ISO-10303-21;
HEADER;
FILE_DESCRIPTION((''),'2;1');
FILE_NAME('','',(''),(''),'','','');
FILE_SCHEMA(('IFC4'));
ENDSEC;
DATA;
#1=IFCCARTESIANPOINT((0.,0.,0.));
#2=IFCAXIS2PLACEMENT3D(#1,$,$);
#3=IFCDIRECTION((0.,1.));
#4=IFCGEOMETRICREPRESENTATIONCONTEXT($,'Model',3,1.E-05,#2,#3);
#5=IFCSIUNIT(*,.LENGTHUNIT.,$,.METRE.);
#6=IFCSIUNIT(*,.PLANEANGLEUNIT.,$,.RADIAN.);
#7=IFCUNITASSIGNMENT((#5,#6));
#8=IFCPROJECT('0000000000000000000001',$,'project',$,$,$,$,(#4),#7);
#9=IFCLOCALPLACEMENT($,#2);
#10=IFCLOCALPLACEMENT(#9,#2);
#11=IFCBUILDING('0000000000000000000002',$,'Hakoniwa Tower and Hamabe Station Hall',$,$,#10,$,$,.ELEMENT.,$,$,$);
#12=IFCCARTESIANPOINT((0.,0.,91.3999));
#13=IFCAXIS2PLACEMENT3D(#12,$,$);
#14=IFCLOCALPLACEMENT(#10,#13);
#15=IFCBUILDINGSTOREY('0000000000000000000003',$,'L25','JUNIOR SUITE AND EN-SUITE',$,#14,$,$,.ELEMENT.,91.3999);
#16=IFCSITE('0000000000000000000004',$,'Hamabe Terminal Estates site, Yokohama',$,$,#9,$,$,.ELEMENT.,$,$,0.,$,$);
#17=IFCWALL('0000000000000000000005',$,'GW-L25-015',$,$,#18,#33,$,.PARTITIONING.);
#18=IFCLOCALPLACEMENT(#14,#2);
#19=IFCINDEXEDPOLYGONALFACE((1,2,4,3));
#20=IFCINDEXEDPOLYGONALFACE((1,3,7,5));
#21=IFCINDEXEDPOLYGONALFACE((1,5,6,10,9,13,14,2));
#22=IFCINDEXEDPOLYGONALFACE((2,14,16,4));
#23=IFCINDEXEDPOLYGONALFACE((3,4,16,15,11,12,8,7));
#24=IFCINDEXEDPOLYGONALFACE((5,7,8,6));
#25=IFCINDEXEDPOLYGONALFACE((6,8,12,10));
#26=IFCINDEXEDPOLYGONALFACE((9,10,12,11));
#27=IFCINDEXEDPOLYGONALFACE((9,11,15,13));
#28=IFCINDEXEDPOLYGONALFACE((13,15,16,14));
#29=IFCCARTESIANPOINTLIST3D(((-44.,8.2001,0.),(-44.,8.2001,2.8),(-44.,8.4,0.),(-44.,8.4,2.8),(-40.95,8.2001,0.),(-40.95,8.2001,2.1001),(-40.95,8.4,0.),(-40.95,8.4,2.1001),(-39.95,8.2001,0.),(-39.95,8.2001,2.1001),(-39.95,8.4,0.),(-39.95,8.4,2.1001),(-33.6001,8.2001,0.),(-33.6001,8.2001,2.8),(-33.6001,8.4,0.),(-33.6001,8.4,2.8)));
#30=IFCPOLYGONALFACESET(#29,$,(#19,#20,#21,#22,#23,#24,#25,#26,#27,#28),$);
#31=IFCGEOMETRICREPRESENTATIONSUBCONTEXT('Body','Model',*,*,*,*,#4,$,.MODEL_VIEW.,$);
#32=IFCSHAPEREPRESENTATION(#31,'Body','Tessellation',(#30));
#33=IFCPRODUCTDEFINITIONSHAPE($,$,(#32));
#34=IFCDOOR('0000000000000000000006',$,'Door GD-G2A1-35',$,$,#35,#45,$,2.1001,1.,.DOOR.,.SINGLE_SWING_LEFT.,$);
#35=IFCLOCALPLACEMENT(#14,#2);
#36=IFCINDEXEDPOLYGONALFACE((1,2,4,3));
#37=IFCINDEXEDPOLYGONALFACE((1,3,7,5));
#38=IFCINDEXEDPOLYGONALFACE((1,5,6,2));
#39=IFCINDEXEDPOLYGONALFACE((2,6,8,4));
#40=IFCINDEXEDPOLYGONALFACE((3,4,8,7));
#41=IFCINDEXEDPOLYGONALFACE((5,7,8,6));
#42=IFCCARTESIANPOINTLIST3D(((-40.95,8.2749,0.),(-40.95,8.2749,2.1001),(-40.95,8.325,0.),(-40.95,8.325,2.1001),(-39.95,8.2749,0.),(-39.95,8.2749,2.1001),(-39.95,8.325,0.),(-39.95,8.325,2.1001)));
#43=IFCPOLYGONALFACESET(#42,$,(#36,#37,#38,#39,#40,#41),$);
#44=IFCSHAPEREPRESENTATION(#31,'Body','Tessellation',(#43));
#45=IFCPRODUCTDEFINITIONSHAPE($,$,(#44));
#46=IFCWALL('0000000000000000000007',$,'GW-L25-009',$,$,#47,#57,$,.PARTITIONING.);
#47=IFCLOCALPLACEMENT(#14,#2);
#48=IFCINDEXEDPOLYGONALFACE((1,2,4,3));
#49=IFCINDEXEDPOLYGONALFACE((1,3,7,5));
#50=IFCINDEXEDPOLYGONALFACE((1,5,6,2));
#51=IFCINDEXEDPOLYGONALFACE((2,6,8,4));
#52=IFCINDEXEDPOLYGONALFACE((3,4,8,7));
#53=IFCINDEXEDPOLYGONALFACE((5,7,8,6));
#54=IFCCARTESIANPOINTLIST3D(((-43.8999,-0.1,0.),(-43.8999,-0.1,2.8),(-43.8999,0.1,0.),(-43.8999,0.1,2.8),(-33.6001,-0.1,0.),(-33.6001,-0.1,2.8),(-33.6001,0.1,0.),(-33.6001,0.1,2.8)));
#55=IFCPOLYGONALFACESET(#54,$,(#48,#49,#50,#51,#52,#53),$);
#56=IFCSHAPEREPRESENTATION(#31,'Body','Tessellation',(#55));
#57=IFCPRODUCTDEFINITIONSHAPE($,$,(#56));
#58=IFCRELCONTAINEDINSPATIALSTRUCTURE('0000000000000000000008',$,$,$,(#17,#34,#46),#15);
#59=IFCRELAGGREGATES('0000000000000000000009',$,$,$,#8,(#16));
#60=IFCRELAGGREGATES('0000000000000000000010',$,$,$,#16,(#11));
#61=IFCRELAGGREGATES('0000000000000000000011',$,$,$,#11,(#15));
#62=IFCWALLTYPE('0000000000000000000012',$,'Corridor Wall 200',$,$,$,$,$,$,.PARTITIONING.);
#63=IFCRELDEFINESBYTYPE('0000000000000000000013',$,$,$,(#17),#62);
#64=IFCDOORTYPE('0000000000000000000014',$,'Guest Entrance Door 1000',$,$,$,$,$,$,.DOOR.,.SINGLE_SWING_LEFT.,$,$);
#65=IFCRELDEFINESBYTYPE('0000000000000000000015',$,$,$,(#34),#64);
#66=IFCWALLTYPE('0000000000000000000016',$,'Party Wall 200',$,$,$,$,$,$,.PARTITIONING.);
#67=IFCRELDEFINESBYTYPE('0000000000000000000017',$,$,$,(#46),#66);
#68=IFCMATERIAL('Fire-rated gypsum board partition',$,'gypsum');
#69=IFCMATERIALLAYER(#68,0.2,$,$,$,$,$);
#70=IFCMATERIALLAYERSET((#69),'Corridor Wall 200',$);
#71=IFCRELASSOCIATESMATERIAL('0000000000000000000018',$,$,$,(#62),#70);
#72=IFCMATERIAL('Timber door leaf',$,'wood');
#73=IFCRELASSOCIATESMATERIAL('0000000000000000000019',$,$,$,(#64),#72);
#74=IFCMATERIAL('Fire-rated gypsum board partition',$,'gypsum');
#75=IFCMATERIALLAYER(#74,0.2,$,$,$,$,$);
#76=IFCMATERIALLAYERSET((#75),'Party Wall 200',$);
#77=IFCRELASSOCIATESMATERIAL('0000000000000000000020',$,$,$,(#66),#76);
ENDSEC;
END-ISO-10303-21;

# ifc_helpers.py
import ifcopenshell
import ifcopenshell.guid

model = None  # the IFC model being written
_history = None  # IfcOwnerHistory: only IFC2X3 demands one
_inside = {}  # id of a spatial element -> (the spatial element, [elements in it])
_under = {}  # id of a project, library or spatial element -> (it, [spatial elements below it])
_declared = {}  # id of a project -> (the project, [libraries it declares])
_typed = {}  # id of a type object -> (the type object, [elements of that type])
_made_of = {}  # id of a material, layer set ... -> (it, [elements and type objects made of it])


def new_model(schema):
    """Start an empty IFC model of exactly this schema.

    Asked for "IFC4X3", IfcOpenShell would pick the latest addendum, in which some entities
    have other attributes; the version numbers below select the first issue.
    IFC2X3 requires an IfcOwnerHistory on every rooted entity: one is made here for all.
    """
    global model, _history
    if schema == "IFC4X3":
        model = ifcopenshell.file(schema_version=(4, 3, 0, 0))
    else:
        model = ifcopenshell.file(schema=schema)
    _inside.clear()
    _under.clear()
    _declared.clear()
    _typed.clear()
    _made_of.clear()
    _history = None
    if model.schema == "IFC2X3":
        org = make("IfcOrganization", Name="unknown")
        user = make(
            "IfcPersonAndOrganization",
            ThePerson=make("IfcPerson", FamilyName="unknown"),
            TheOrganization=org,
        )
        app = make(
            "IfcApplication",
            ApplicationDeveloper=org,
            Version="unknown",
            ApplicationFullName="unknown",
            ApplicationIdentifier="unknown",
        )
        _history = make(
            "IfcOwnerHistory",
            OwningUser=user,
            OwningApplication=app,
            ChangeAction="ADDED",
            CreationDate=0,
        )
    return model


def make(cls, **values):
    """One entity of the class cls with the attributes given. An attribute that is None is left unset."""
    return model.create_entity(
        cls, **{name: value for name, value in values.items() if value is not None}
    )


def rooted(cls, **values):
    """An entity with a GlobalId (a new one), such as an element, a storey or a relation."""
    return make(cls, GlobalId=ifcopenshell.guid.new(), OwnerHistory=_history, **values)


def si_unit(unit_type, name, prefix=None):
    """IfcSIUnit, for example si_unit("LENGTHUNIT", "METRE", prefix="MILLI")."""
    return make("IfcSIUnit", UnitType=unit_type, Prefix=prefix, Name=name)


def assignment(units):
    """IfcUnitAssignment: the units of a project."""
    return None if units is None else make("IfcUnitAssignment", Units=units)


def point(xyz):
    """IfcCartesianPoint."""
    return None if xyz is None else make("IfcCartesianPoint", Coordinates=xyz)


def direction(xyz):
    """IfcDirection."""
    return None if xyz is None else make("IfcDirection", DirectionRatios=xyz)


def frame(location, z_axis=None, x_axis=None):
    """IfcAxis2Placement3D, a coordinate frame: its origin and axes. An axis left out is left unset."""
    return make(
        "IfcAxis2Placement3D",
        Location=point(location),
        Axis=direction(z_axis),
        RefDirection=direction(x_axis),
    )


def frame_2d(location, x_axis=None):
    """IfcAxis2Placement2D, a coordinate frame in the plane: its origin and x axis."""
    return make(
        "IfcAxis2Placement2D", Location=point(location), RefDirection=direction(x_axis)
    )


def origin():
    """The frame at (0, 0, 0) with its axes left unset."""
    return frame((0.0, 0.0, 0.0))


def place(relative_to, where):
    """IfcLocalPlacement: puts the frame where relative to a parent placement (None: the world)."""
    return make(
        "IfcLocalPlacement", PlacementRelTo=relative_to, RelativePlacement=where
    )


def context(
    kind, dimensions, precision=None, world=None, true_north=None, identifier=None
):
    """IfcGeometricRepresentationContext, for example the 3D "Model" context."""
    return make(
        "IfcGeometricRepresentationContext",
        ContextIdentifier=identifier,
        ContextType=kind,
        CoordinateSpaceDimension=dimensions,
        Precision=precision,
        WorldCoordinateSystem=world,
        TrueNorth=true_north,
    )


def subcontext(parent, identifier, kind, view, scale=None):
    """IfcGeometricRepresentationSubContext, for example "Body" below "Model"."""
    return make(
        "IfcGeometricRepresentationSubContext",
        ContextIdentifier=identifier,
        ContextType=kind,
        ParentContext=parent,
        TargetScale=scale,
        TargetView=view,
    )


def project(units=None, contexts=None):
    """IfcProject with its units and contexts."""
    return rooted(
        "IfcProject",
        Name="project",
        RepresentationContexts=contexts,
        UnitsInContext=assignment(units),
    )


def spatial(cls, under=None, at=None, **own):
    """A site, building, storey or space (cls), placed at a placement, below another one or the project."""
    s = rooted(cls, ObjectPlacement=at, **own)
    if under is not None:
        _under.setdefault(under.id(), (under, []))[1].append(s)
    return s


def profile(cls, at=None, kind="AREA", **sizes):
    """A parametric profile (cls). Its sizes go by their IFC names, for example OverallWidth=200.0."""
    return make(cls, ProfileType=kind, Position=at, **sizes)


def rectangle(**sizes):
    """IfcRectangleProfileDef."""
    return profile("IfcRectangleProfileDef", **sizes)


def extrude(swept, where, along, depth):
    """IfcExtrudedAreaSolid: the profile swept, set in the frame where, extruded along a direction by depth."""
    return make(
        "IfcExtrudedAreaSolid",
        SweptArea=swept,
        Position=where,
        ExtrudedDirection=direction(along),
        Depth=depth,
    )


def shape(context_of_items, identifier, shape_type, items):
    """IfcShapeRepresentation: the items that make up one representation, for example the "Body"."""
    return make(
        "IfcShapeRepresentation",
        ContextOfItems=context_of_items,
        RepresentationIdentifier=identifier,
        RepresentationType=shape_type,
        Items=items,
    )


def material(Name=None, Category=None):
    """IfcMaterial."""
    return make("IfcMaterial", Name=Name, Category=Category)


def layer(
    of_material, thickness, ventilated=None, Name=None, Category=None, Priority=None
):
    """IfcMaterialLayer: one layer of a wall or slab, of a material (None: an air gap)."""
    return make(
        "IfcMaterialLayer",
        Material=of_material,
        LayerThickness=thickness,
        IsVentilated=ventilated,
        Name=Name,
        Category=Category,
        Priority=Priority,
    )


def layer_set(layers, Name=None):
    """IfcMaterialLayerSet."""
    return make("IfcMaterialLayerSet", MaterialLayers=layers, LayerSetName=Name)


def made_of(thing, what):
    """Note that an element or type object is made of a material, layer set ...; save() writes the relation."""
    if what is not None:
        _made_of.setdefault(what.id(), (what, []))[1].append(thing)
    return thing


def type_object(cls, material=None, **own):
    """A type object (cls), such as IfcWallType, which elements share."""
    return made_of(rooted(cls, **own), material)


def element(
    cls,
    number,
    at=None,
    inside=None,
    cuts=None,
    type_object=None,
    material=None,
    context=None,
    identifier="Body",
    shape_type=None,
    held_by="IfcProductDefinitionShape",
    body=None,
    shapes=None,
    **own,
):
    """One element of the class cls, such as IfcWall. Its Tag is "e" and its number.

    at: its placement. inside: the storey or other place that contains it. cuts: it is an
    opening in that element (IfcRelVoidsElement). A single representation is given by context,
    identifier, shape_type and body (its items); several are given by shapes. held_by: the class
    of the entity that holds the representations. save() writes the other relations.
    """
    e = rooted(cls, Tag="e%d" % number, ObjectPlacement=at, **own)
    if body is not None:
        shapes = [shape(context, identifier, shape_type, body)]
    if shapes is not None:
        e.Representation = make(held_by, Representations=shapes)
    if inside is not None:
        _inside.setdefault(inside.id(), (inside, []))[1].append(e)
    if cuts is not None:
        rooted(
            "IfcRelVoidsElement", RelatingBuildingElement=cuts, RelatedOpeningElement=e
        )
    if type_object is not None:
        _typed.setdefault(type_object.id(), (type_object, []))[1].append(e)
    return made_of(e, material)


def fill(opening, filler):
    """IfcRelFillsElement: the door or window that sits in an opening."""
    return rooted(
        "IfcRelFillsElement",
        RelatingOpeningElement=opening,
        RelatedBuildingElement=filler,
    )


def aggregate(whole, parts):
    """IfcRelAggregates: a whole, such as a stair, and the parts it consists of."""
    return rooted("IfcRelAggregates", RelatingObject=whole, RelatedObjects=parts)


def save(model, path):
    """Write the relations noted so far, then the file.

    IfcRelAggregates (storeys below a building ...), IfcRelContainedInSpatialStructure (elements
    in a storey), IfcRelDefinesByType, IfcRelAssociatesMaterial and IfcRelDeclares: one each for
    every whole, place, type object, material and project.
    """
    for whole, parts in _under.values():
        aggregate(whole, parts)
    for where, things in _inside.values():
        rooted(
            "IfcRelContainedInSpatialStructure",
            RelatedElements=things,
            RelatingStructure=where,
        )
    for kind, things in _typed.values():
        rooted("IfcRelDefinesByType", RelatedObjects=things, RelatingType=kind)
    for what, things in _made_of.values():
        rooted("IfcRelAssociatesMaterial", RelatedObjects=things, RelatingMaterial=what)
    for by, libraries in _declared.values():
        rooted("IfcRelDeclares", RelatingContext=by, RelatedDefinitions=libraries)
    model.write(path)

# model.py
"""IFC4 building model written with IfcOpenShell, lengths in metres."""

from ifc_helpers import new_model, si_unit, direction, frame, frame_2d, origin, place, context, subcontext, project, spatial, rectangle, extrude, material, layer, layer_set, type_object, element, fill, save


model = new_model("IFC4")

# Units and contexts
model_context = context("Model", 3, precision=1e-05, world=origin(), true_north=direction((0.0, 1.0)))
body_context = subcontext(model_context, "Body", "Model", "MODEL_VIEW")
ifc_project = project(units=[si_unit("LENGTHUNIT", "METRE"), si_unit("PLANEANGLEUNIT", "RADIAN")], contexts=[model_context])

# Site, building, storey
site_placement = place(None, origin())
site = spatial("IfcSite", under=ifc_project, at=site_placement, Name="Hamabe Terminal Estates site, Yokohama", CompositionType="ELEMENT", RefElevation=0.0)
building_placement = place(site_placement, origin())
building = spatial("IfcBuilding", under=site, at=building_placement, Name="Hakoniwa Tower and Hamabe Station Hall", CompositionType="ELEMENT")
storey_placement = place(building_placement, frame((0.0, 0.0, 91.3999)))
storey = spatial("IfcBuildingStorey", under=building, at=storey_placement, Name="L25", Description="JUNIOR SUITE AND EN-SUITE", CompositionType="ELEMENT", Elevation=91.3999)

# Wall, opening, door
ifc_material_1 = material(Name="Fire-rated gypsum board partition", Category="gypsum")
ifc_layer_1 = layer(ifc_material_1, 0.2)
ifc_layer_set_1 = layer_set([ifc_layer_1], Name="Corridor Wall 200")
wall_type_1 = type_object("IfcWallType", Name="Corridor Wall 200", PredefinedType="PARTITIONING", material=ifc_layer_set_1)
wall_1_placement = place(storey_placement, frame((-44.0, 8.3, 0.0), z_axis=(0.0, 0.0, 1.0), x_axis=(1.0, 0.0, 0.0)))
wall_1 = element("IfcWall", 1, at=wall_1_placement, inside=storey, type_object=wall_type_1, Name="GW-L25-015", PredefinedType="PARTITIONING", context=body_context, shape_type="SweptSolid", body=[
    extrude(rectangle(XDim=10.3999, YDim=0.2, at=frame_2d((5.2, 0.0))), origin(), (0.0, 0.0, 1.0), 2.8),
])
opening_1_placement = place(wall_1_placement, frame((3.05, 0.0, 0.0)))
opening_1 = element("IfcOpeningElement", 2, at=opening_1_placement, cuts=wall_1, PredefinedType="OPENING", context=body_context, shape_type="SweptSolid", body=[
    extrude(rectangle(XDim=1.0, YDim=2.1001, at=frame_2d((0.5, 1.05))), frame((0.0, 0.1099, 0.0), z_axis=(0.0, -1.0, 0.0), x_axis=(1.0, 0.0, 0.0)), (0.0, 0.0, 1.0), 0.22),
])
ifc_material_2 = material(Name="Timber door leaf", Category="wood")
door_type_1 = type_object("IfcDoorType", Name="Guest Entrance Door 1000", OperationType="SINGLE_SWING_LEFT", PredefinedType="DOOR", material=ifc_material_2)
door_1_placement = place(opening_1_placement, origin())
door_1 = element("IfcDoor", 3, at=door_1_placement, inside=storey, type_object=door_type_1, Name="Door GD-G2A1-35", OperationType="SINGLE_SWING_LEFT", OverallHeight=2.1001, OverallWidth=1.0, PredefinedType="DOOR", context=body_context, shape_type="SweptSolid", body=[
    extrude(rectangle(XDim=1.0, YDim=2.1001, at=frame_2d((0.5, 1.05))), frame((0.0, 0.0249, 0.0), z_axis=(0.0, -1.0, 0.0), x_axis=(1.0, 0.0, 0.0)), (0.0, 0.0, 1.0), 0.05),
])
fill(opening_1, door_1)

# Wall
ifc_material_3 = material(Name="Fire-rated gypsum board partition", Category="gypsum")
ifc_layer_2 = layer(ifc_material_3, 0.2)
ifc_layer_set_2 = layer_set([ifc_layer_2], Name="Party Wall 200")
wall_type_2 = type_object("IfcWallType", Name="Party Wall 200", PredefinedType="PARTITIONING", material=ifc_layer_set_2)
wall_2_placement = place(storey_placement, frame((-43.8999, 0.0, 0.0), z_axis=(0.0, 0.0, 1.0), x_axis=(1.0, 0.0, 0.0)))
element("IfcWall", 4, at=wall_2_placement, inside=storey, type_object=wall_type_2, Name="GW-L25-009", PredefinedType="PARTITIONING", context=body_context, shape_type="SweptSolid", body=[
    extrude(rectangle(XDim=10.2998, YDim=0.2, at=frame_2d((5.1499, 0.0))), origin(), (0.0, 0.0, 1.0), 2.8),
])

save(model, "model.ifc")
